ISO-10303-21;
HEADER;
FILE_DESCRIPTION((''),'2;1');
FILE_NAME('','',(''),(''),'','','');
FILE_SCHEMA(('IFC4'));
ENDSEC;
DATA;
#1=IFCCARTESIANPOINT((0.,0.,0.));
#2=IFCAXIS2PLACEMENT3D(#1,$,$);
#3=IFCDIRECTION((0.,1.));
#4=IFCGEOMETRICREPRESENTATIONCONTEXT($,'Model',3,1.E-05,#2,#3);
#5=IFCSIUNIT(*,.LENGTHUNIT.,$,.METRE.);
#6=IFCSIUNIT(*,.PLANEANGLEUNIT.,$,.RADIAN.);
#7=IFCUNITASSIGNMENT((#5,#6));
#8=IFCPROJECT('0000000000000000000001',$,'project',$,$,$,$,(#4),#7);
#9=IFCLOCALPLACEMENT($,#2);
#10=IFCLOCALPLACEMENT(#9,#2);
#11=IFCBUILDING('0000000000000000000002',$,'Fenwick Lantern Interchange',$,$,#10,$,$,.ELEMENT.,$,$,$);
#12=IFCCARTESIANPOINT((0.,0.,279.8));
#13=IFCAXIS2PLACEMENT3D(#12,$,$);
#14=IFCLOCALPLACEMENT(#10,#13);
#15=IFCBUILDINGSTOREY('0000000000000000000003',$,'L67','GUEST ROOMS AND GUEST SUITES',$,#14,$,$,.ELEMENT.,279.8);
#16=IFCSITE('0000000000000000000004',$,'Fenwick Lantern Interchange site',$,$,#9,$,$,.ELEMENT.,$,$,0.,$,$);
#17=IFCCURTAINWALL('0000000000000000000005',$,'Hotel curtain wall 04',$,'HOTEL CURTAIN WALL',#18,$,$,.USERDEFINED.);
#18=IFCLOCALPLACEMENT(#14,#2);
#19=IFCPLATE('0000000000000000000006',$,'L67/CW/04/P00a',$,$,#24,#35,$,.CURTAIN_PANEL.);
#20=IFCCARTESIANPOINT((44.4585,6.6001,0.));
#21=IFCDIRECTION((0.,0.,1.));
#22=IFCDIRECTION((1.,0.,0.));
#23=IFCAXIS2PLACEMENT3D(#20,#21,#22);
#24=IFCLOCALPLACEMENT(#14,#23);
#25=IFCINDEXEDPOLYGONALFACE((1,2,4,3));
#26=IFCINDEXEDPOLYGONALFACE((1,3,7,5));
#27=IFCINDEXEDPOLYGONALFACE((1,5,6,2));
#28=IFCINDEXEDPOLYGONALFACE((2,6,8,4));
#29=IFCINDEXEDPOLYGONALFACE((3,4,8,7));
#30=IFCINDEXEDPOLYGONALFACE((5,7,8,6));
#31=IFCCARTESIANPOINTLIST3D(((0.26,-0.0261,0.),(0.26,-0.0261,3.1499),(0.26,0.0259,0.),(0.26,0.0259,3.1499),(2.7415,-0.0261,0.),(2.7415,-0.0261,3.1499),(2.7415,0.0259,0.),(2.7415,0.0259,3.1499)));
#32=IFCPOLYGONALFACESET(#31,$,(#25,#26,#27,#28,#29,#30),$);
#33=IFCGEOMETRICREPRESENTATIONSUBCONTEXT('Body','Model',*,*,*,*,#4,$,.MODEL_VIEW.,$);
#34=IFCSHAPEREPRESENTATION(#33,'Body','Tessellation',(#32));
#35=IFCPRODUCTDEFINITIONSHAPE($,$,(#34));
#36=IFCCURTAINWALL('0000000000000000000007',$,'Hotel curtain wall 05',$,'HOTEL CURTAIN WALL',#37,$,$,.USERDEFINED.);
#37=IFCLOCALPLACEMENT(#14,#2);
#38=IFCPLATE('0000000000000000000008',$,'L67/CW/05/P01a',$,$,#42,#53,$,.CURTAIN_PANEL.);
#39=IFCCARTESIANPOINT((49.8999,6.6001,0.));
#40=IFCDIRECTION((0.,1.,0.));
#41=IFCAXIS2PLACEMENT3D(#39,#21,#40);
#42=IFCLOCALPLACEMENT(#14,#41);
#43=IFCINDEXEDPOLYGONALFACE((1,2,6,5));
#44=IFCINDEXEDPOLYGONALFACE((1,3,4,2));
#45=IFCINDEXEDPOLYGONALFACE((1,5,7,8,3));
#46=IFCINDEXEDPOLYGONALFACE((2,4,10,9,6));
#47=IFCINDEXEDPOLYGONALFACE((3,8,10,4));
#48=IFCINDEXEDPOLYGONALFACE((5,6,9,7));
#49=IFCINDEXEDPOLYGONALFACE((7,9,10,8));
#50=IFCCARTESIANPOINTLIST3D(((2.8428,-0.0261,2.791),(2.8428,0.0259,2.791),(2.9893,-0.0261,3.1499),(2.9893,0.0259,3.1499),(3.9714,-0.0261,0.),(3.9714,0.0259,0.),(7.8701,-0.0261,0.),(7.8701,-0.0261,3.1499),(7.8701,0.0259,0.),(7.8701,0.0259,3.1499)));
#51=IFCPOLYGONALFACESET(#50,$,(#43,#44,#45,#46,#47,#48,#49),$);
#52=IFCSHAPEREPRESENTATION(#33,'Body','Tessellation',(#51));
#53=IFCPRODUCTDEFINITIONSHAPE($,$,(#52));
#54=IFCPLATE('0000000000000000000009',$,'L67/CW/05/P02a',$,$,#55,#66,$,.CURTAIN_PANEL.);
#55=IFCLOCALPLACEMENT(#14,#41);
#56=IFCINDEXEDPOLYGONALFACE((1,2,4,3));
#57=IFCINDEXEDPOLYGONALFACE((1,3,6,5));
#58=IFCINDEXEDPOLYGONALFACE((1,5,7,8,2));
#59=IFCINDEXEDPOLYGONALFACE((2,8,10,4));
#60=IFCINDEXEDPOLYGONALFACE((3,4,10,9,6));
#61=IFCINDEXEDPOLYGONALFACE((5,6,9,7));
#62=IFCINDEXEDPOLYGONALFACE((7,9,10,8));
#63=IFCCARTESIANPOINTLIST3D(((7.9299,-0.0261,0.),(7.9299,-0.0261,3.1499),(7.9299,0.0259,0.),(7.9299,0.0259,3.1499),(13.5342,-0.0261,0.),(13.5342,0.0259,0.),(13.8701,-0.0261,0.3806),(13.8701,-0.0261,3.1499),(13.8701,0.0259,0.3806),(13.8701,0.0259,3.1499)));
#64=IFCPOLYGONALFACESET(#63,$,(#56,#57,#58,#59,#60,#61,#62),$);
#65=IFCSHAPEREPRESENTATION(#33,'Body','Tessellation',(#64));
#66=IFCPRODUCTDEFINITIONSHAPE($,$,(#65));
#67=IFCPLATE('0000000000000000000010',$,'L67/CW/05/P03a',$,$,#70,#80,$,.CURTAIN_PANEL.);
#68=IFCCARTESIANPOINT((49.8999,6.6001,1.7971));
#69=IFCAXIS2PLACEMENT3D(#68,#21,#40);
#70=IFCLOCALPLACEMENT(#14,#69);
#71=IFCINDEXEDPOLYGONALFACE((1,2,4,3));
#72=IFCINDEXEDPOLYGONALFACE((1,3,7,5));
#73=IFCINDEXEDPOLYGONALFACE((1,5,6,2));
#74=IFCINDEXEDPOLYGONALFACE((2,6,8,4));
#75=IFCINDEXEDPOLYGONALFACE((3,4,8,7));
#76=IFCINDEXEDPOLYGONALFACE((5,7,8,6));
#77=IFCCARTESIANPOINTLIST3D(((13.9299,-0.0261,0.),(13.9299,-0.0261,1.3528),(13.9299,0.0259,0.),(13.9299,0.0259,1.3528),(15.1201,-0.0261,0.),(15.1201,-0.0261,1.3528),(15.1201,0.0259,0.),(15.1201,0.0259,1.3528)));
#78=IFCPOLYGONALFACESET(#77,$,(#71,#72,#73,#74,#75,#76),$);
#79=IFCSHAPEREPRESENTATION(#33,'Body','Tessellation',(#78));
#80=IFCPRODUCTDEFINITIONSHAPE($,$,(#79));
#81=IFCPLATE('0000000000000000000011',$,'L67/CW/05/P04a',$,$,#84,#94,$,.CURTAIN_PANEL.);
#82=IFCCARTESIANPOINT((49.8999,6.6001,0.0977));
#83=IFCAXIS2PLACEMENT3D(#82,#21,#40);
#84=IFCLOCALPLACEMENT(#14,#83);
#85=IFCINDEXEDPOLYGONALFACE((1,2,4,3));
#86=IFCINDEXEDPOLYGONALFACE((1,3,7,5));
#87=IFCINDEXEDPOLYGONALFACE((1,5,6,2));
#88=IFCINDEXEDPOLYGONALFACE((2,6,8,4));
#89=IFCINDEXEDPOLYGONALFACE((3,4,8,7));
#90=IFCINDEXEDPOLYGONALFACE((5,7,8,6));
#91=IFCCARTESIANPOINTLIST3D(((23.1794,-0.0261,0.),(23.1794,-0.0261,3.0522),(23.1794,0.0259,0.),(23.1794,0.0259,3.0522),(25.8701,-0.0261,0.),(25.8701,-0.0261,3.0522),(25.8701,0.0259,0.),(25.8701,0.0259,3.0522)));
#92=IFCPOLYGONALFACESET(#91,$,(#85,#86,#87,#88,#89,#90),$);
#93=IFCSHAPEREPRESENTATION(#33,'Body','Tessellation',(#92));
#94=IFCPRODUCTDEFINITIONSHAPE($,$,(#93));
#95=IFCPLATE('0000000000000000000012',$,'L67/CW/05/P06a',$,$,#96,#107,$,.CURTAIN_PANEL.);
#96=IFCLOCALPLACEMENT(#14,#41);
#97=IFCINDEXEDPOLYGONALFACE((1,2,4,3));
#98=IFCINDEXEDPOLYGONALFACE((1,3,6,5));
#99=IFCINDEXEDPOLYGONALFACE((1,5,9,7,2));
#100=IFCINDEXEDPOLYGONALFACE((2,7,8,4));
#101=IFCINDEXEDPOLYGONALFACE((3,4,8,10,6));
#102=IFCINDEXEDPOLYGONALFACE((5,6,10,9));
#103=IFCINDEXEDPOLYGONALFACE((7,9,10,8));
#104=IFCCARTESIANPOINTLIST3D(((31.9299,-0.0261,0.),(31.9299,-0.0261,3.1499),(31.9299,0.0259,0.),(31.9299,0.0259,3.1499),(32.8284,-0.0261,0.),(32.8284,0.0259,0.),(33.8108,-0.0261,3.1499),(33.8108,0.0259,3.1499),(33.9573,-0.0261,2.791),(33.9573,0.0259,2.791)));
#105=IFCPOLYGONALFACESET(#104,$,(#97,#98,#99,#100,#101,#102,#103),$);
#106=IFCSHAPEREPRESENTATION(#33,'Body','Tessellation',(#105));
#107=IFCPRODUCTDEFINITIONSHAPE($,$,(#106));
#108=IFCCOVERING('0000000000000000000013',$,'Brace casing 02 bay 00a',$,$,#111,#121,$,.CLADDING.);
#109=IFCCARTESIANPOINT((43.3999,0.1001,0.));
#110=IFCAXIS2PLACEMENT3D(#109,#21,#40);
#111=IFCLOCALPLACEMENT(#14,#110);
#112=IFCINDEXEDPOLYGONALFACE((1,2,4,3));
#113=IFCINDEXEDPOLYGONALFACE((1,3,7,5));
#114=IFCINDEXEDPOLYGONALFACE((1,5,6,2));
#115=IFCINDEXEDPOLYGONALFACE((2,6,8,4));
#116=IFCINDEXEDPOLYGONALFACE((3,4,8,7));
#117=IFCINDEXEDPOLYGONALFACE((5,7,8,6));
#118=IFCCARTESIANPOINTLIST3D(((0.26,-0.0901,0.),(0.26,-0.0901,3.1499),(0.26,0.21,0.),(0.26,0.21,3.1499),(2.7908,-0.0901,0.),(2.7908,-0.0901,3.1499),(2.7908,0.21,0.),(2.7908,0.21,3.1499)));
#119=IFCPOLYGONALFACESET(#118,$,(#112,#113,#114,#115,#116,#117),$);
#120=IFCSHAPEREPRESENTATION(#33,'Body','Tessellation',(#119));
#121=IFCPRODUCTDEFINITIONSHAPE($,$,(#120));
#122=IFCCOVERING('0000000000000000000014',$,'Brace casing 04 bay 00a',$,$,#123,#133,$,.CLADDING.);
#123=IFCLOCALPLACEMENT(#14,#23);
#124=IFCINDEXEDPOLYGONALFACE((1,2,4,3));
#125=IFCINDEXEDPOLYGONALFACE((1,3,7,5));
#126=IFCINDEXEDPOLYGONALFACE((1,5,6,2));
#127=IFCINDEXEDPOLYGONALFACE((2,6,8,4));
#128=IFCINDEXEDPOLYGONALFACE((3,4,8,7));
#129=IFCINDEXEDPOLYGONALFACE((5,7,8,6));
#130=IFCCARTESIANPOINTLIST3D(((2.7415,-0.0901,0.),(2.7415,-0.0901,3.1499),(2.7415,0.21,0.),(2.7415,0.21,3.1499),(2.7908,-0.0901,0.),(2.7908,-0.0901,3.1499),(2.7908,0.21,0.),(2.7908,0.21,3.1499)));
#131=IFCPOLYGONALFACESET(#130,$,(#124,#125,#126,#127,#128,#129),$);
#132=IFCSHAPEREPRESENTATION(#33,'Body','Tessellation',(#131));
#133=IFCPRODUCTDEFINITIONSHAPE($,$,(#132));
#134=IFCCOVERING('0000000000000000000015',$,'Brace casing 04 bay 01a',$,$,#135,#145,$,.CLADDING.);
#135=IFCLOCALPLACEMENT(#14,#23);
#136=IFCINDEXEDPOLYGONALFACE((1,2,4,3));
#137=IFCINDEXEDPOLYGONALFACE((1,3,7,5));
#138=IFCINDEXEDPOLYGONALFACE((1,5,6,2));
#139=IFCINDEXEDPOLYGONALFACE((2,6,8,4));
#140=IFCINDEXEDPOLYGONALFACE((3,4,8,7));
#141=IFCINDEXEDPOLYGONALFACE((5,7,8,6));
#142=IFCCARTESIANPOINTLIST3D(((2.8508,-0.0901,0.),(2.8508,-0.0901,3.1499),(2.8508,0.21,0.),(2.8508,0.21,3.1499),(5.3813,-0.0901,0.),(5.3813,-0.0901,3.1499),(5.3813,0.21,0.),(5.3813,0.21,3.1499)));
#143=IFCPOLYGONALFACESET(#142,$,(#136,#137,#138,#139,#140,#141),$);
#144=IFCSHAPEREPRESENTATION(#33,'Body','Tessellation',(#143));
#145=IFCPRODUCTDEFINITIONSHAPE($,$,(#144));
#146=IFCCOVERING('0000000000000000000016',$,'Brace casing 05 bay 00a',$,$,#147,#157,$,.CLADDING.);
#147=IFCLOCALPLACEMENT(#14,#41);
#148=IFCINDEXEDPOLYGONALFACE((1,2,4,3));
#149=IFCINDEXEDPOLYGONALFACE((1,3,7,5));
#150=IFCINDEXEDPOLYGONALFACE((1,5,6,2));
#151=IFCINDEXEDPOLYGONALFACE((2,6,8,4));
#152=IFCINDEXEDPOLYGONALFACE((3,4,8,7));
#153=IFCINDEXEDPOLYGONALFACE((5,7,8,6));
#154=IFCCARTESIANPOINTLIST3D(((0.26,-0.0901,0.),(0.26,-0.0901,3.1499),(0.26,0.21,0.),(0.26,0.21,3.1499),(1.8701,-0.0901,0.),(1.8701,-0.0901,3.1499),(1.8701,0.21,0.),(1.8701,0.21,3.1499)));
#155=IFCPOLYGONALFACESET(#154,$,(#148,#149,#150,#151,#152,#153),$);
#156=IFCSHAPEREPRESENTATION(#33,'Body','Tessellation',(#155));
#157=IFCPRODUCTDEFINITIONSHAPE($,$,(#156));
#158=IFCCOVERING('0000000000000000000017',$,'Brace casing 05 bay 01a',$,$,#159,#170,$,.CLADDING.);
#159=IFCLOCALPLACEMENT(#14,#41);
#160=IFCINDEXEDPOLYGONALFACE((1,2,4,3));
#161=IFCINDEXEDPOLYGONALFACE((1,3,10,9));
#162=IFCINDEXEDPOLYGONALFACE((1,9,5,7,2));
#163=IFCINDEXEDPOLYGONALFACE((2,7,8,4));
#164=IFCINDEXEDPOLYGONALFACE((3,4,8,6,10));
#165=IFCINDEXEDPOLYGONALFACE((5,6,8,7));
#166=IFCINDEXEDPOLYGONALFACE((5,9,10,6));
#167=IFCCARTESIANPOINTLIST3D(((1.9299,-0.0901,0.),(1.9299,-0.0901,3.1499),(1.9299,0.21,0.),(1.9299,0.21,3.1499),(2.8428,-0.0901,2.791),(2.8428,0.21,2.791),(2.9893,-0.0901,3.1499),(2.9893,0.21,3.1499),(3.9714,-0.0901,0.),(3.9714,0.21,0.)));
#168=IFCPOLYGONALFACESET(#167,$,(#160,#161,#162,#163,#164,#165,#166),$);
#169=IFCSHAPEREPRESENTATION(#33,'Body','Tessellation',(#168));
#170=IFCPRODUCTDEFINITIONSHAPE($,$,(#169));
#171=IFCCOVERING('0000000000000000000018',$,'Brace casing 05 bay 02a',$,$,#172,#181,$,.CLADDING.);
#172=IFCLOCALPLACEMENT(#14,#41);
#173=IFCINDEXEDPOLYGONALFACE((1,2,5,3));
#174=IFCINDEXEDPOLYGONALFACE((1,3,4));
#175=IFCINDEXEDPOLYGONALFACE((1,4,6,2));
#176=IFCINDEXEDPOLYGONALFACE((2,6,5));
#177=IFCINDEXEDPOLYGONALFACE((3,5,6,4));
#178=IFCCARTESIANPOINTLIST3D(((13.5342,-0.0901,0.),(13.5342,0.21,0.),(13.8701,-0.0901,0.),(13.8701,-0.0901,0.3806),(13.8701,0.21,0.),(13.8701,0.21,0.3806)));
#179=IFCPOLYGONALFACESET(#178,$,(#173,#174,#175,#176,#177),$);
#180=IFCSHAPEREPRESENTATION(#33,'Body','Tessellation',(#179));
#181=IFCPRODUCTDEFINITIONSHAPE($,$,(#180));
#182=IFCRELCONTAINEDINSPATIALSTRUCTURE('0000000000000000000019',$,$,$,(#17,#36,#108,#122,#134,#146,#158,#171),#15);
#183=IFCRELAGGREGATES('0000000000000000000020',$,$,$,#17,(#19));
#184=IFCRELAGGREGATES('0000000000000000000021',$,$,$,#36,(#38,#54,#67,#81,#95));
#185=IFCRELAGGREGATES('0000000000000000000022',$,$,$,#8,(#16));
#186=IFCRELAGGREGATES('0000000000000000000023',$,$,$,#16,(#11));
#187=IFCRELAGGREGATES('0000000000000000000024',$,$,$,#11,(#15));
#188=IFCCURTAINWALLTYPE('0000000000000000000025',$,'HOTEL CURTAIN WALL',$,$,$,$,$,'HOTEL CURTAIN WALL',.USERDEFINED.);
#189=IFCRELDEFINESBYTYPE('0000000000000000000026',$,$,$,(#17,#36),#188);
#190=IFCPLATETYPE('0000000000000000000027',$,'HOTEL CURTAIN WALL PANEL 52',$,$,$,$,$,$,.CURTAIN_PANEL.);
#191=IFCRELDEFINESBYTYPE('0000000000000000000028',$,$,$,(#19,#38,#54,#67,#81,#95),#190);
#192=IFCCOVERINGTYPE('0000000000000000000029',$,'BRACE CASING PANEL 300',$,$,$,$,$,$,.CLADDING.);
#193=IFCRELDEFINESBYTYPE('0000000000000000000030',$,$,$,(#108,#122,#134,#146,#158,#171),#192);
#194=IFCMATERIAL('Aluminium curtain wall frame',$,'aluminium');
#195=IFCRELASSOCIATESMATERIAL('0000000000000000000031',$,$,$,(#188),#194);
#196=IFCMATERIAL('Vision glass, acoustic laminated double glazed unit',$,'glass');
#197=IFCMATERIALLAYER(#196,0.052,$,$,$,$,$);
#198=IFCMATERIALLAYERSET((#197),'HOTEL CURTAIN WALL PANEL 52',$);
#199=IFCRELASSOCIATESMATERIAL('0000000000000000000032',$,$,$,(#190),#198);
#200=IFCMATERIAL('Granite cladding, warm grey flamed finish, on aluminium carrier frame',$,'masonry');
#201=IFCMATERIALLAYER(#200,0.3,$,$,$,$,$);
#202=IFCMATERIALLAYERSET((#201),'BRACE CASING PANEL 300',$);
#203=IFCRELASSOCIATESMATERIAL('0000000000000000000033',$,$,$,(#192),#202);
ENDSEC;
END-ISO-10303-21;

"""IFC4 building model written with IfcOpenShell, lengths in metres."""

from ifc_helpers import new_model, si_unit, direction, frame, origin, place, context, subcontext, project, spatial, polyline, outline, extrude, material, layer, layer_set, type_object, element, aggregate, save


model = new_model("IFC4")

# Units and contexts
model_context = context("Model", 3, precision=1e-05, world=origin(), true_north=direction((0.0, 1.0)))
body_context = subcontext(model_context, "Body", "Model", "MODEL_VIEW")
ifc_project = project(units=[si_unit("LENGTHUNIT", "METRE"), si_unit("PLANEANGLEUNIT", "RADIAN")], contexts=[model_context])

# Site, building, storey
site_placement = place(None, origin())
site = spatial("IfcSite", under=ifc_project, at=site_placement, Name="Fenwick Lantern Interchange site", CompositionType="ELEMENT", RefElevation=0.0)
building_placement = place(site_placement, origin())
building = spatial("IfcBuilding", under=site, at=building_placement, Name="Fenwick Lantern Interchange", CompositionType="ELEMENT")
storey_placement = place(building_placement, frame((0.0, 0.0, 279.8)))
storey = spatial("IfcBuildingStorey", under=building, at=storey_placement, Name="L67", Description="GUEST ROOMS AND GUEST SUITES", CompositionType="ELEMENT", Elevation=279.8)

# Shared definitions
ifc_material_1 = material(Name="Aluminium curtain wall frame", Category="aluminium")
curtain_wall_type = type_object("IfcCurtainWallType", Name="HOTEL CURTAIN WALL", ElementType="HOTEL CURTAIN WALL", PredefinedType="USERDEFINED", material=ifc_material_1)

# Curtain wall
curtain_wall_1_placement = place(storey_placement, origin())
curtain_wall_1 = element("IfcCurtainWall", 1, at=curtain_wall_1_placement, inside=storey, type_object=curtain_wall_type, Name="Hotel curtain wall 04", ObjectType="HOTEL CURTAIN WALL", PredefinedType="USERDEFINED")

# Plate
ifc_material_2 = material(Name="Vision glass, acoustic laminated double glazed unit", Category="glass")
ifc_layer_1 = layer(ifc_material_2, 0.052)
ifc_layer_set_1 = layer_set([ifc_layer_1], Name="HOTEL CURTAIN WALL PANEL 52")
plate_type = type_object("IfcPlateType", Name="HOTEL CURTAIN WALL PANEL 52", PredefinedType="CURTAIN_PANEL", material=ifc_layer_set_1)
plate_1_placement = place(storey_placement, frame((44.4585, 6.6001, 0.0), z_axis=(0.0, 0.0, 1.0), x_axis=(1.0, 0.0, 0.0)))
plate_1 = element("IfcPlate", 2, at=plate_1_placement, type_object=plate_type, Name="L67/CW/04/P00a", PredefinedType="CURTAIN_PANEL", context=body_context, shape_type="SweptSolid", body=[
    extrude(outline(polyline([(0.26, 0.0), (2.7415, 0.0), (2.7415, 3.1499), (0.26, 3.1499), (0.26, 0.0)])), frame((0.0, 0.0259, 0.0), z_axis=(0.0, -1.0, 0.0), x_axis=(1.0, 0.0, 0.0)), (0.0, 0.0, 1.0), 0.052),
])
aggregate(curtain_wall_1, [plate_1])

# Curtain wall, plates
curtain_wall_2_placement = place(storey_placement, origin())
curtain_wall_2 = element("IfcCurtainWall", 3, at=curtain_wall_2_placement, inside=storey, type_object=curtain_wall_type, Name="Hotel curtain wall 05", ObjectType="HOTEL CURTAIN WALL", PredefinedType="USERDEFINED")
plate_2_placement = place(storey_placement, frame((49.8999, 6.6001, 0.0), z_axis=(0.0, 0.0, 1.0), x_axis=(0.0, 1.0, 0.0)))
plate_2 = element("IfcPlate", 4, at=plate_2_placement, type_object=plate_type, Name="L67/CW/05/P01a", PredefinedType="CURTAIN_PANEL", context=body_context, shape_type="SweptSolid", body=[
    extrude(outline(polyline([(3.9714, 0.0), (7.8701, 0.0), (7.8701, 3.1499), (2.9893, 3.1499), (2.8428, 2.791), (3.9714, 0.0)])), frame((0.0, 0.0259, 0.0), z_axis=(0.0, -1.0, 0.0), x_axis=(1.0, 0.0, 0.0)), (0.0, 0.0, 1.0), 0.052),
])
plate_3_placement = place(storey_placement, frame((49.8999, 6.6001, 0.0), z_axis=(0.0, 0.0, 1.0), x_axis=(0.0, 1.0, 0.0)))
plate_3 = element("IfcPlate", 5, at=plate_3_placement, type_object=plate_type, Name="L67/CW/05/P02a", PredefinedType="CURTAIN_PANEL", context=body_context, shape_type="SweptSolid", body=[
    extrude(outline(polyline([(7.9299, 0.0), (13.5342, 0.0), (13.8701, 0.3806), (13.8701, 3.1499), (7.9299, 3.1499), (7.9299, 0.0)])), frame((0.0, 0.0259, 0.0), z_axis=(0.0, -1.0, 0.0), x_axis=(1.0, 0.0, 0.0)), (0.0, 0.0, 1.0), 0.052),
])
plate_4_placement = place(storey_placement, frame((49.8999, 6.6001, 1.7971), z_axis=(0.0, 0.0, 1.0), x_axis=(0.0, 1.0, 0.0)))
plate_4 = element("IfcPlate", 6, at=plate_4_placement, type_object=plate_type, Name="L67/CW/05/P03a", PredefinedType="CURTAIN_PANEL", context=body_context, shape_type="SweptSolid", body=[
    extrude(outline(polyline([(13.9299, 0.0), (15.1201, 0.0), (15.1201, 1.3528), (13.9299, 1.3528), (13.9299, 0.0)])), frame((0.0, 0.0259, 0.0), z_axis=(0.0, -1.0, 0.0), x_axis=(1.0, 0.0, 0.0)), (0.0, 0.0, 1.0), 0.052),
])
plate_5_placement = place(storey_placement, frame((49.8999, 6.6001, 0.0977), z_axis=(0.0, 0.0, 1.0), x_axis=(0.0, 1.0, 0.0)))
plate_5 = element("IfcPlate", 7, at=plate_5_placement, type_object=plate_type, Name="L67/CW/05/P04a", PredefinedType="CURTAIN_PANEL", context=body_context, shape_type="SweptSolid", body=[
    extrude(outline(polyline([(23.1794, 0.0), (25.8701, 0.0), (25.8701, 3.0522), (23.1794, 3.0522), (23.1794, 0.0)])), frame((0.0, 0.0259, 0.0), z_axis=(0.0, -1.0, 0.0), x_axis=(1.0, 0.0, 0.0)), (0.0, 0.0, 1.0), 0.052),
])
plate_6_placement = place(storey_placement, frame((49.8999, 6.6001, 0.0), z_axis=(0.0, 0.0, 1.0), x_axis=(0.0, 1.0, 0.0)))
plate_6 = element("IfcPlate", 8, at=plate_6_placement, type_object=plate_type, Name="L67/CW/05/P06a", PredefinedType="CURTAIN_PANEL", context=body_context, shape_type="SweptSolid", body=[
    extrude(outline(polyline([(31.9299, 0.0), (32.8284, 0.0), (33.9573, 2.791), (33.8108, 3.1499), (31.9299, 3.1499), (31.9299, 0.0)])), frame((0.0, 0.0259, 0.0), z_axis=(0.0, -1.0, 0.0), x_axis=(1.0, 0.0, 0.0)), (0.0, 0.0, 1.0), 0.052),
])
aggregate(curtain_wall_2, [plate_2, plate_3, plate_4, plate_5, plate_6])

# Coverings
ifc_material_3 = material(Name="Granite cladding, warm grey flamed finish, on aluminium carrier frame", Category="masonry")
ifc_layer_2 = layer(ifc_material_3, 0.3)
ifc_layer_set_2 = layer_set([ifc_layer_2], Name="BRACE CASING PANEL 300")
covering_type = type_object("IfcCoveringType", Name="BRACE CASING PANEL 300", PredefinedType="CLADDING", material=ifc_layer_set_2)
covering_1_placement = place(storey_placement, frame((43.3999, 0.1001, 0.0), z_axis=(0.0, 0.0, 1.0), x_axis=(0.0, 1.0, 0.0)))
element("IfcCovering", 9, at=covering_1_placement, inside=storey, type_object=covering_type, Name="Brace casing 02 bay 00a", PredefinedType="CLADDING", context=body_context, shape_type="SweptSolid", body=[
    extrude(outline(polyline([(0.26, 0.0), (2.7908, 0.0), (2.7908, 3.1499), (0.26, 3.1499), (0.26, 0.0)])), frame((0.0, 0.21, 0.0), z_axis=(0.0, -1.0, 0.0), x_axis=(1.0, 0.0, 0.0)), (0.0, 0.0, 1.0), 0.3),
])
covering_2_placement = place(storey_placement, frame((44.4585, 6.6001, 0.0), z_axis=(0.0, 0.0, 1.0), x_axis=(1.0, 0.0, 0.0)))
element("IfcCovering", 10, at=covering_2_placement, inside=storey, type_object=covering_type, Name="Brace casing 04 bay 00a", PredefinedType="CLADDING", context=body_context, shape_type="SweptSolid", body=[
    extrude(outline(polyline([(2.7415, 0.0), (2.7908, 0.0), (2.7908, 3.1499), (2.7415, 3.1499), (2.7415, 0.0)])), frame((0.0, 0.21, 0.0), z_axis=(0.0, -1.0, 0.0), x_axis=(1.0, 0.0, 0.0)), (0.0, 0.0, 1.0), 0.3),
])
covering_3_placement = place(storey_placement, frame((44.4585, 6.6001, 0.0), z_axis=(0.0, 0.0, 1.0), x_axis=(1.0, 0.0, 0.0)))
element("IfcCovering", 11, at=covering_3_placement, inside=storey, type_object=covering_type, Name="Brace casing 04 bay 01a", PredefinedType="CLADDING", context=body_context, shape_type="SweptSolid", body=[
    extrude(outline(polyline([(2.8508, 0.0), (5.3813, 0.0), (5.3813, 3.1499), (2.8508, 3.1499), (2.8508, 0.0)])), frame((0.0, 0.21, 0.0), z_axis=(0.0, -1.0, 0.0), x_axis=(1.0, 0.0, 0.0)), (0.0, 0.0, 1.0), 0.3),
])
covering_4_placement = place(storey_placement, frame((49.8999, 6.6001, 0.0), z_axis=(0.0, 0.0, 1.0), x_axis=(0.0, 1.0, 0.0)))
element("IfcCovering", 12, at=covering_4_placement, inside=storey, type_object=covering_type, Name="Brace casing 05 bay 00a", PredefinedType="CLADDING", context=body_context, shape_type="SweptSolid", body=[
    extrude(outline(polyline([(0.26, 0.0), (1.8701, 0.0), (1.8701, 3.1499), (0.26, 3.1499), (0.26, 0.0)])), frame((0.0, 0.21, 0.0), z_axis=(0.0, -1.0, 0.0), x_axis=(1.0, 0.0, 0.0)), (0.0, 0.0, 1.0), 0.3),
])
covering_5_placement = place(storey_placement, frame((49.8999, 6.6001, 0.0), z_axis=(0.0, 0.0, 1.0), x_axis=(0.0, 1.0, 0.0)))
element("IfcCovering", 13, at=covering_5_placement, inside=storey, type_object=covering_type, Name="Brace casing 05 bay 01a", PredefinedType="CLADDING", context=body_context, shape_type="SweptSolid", body=[
    extrude(outline(polyline([(1.9299, 0.0), (3.9714, 0.0), (2.8428, 2.791), (2.9893, 3.1499), (1.9299, 3.1499), (1.9299, 0.0)])), frame((0.0, 0.21, 0.0), z_axis=(0.0, -1.0, 0.0), x_axis=(1.0, 0.0, 0.0)), (0.0, 0.0, 1.0), 0.3),
])
covering_6_placement = place(storey_placement, frame((49.8999, 6.6001, 0.0), z_axis=(0.0, 0.0, 1.0), x_axis=(0.0, 1.0, 0.0)))
element("IfcCovering", 14, at=covering_6_placement, inside=storey, type_object=covering_type, Name="Brace casing 05 bay 02a", PredefinedType="CLADDING", context=body_context, shape_type="SweptSolid", body=[
    extrude(outline(polyline([(13.5342, 0.0), (13.8701, 0.0), (13.8701, 0.3806), (13.5342, 0.0)])), frame((0.0, 0.21, 0.0), z_axis=(0.0, -1.0, 0.0), x_axis=(1.0, 0.0, 0.0)), (0.0, 0.0, 1.0), 0.3),
])

save(model, "model.ifc")
